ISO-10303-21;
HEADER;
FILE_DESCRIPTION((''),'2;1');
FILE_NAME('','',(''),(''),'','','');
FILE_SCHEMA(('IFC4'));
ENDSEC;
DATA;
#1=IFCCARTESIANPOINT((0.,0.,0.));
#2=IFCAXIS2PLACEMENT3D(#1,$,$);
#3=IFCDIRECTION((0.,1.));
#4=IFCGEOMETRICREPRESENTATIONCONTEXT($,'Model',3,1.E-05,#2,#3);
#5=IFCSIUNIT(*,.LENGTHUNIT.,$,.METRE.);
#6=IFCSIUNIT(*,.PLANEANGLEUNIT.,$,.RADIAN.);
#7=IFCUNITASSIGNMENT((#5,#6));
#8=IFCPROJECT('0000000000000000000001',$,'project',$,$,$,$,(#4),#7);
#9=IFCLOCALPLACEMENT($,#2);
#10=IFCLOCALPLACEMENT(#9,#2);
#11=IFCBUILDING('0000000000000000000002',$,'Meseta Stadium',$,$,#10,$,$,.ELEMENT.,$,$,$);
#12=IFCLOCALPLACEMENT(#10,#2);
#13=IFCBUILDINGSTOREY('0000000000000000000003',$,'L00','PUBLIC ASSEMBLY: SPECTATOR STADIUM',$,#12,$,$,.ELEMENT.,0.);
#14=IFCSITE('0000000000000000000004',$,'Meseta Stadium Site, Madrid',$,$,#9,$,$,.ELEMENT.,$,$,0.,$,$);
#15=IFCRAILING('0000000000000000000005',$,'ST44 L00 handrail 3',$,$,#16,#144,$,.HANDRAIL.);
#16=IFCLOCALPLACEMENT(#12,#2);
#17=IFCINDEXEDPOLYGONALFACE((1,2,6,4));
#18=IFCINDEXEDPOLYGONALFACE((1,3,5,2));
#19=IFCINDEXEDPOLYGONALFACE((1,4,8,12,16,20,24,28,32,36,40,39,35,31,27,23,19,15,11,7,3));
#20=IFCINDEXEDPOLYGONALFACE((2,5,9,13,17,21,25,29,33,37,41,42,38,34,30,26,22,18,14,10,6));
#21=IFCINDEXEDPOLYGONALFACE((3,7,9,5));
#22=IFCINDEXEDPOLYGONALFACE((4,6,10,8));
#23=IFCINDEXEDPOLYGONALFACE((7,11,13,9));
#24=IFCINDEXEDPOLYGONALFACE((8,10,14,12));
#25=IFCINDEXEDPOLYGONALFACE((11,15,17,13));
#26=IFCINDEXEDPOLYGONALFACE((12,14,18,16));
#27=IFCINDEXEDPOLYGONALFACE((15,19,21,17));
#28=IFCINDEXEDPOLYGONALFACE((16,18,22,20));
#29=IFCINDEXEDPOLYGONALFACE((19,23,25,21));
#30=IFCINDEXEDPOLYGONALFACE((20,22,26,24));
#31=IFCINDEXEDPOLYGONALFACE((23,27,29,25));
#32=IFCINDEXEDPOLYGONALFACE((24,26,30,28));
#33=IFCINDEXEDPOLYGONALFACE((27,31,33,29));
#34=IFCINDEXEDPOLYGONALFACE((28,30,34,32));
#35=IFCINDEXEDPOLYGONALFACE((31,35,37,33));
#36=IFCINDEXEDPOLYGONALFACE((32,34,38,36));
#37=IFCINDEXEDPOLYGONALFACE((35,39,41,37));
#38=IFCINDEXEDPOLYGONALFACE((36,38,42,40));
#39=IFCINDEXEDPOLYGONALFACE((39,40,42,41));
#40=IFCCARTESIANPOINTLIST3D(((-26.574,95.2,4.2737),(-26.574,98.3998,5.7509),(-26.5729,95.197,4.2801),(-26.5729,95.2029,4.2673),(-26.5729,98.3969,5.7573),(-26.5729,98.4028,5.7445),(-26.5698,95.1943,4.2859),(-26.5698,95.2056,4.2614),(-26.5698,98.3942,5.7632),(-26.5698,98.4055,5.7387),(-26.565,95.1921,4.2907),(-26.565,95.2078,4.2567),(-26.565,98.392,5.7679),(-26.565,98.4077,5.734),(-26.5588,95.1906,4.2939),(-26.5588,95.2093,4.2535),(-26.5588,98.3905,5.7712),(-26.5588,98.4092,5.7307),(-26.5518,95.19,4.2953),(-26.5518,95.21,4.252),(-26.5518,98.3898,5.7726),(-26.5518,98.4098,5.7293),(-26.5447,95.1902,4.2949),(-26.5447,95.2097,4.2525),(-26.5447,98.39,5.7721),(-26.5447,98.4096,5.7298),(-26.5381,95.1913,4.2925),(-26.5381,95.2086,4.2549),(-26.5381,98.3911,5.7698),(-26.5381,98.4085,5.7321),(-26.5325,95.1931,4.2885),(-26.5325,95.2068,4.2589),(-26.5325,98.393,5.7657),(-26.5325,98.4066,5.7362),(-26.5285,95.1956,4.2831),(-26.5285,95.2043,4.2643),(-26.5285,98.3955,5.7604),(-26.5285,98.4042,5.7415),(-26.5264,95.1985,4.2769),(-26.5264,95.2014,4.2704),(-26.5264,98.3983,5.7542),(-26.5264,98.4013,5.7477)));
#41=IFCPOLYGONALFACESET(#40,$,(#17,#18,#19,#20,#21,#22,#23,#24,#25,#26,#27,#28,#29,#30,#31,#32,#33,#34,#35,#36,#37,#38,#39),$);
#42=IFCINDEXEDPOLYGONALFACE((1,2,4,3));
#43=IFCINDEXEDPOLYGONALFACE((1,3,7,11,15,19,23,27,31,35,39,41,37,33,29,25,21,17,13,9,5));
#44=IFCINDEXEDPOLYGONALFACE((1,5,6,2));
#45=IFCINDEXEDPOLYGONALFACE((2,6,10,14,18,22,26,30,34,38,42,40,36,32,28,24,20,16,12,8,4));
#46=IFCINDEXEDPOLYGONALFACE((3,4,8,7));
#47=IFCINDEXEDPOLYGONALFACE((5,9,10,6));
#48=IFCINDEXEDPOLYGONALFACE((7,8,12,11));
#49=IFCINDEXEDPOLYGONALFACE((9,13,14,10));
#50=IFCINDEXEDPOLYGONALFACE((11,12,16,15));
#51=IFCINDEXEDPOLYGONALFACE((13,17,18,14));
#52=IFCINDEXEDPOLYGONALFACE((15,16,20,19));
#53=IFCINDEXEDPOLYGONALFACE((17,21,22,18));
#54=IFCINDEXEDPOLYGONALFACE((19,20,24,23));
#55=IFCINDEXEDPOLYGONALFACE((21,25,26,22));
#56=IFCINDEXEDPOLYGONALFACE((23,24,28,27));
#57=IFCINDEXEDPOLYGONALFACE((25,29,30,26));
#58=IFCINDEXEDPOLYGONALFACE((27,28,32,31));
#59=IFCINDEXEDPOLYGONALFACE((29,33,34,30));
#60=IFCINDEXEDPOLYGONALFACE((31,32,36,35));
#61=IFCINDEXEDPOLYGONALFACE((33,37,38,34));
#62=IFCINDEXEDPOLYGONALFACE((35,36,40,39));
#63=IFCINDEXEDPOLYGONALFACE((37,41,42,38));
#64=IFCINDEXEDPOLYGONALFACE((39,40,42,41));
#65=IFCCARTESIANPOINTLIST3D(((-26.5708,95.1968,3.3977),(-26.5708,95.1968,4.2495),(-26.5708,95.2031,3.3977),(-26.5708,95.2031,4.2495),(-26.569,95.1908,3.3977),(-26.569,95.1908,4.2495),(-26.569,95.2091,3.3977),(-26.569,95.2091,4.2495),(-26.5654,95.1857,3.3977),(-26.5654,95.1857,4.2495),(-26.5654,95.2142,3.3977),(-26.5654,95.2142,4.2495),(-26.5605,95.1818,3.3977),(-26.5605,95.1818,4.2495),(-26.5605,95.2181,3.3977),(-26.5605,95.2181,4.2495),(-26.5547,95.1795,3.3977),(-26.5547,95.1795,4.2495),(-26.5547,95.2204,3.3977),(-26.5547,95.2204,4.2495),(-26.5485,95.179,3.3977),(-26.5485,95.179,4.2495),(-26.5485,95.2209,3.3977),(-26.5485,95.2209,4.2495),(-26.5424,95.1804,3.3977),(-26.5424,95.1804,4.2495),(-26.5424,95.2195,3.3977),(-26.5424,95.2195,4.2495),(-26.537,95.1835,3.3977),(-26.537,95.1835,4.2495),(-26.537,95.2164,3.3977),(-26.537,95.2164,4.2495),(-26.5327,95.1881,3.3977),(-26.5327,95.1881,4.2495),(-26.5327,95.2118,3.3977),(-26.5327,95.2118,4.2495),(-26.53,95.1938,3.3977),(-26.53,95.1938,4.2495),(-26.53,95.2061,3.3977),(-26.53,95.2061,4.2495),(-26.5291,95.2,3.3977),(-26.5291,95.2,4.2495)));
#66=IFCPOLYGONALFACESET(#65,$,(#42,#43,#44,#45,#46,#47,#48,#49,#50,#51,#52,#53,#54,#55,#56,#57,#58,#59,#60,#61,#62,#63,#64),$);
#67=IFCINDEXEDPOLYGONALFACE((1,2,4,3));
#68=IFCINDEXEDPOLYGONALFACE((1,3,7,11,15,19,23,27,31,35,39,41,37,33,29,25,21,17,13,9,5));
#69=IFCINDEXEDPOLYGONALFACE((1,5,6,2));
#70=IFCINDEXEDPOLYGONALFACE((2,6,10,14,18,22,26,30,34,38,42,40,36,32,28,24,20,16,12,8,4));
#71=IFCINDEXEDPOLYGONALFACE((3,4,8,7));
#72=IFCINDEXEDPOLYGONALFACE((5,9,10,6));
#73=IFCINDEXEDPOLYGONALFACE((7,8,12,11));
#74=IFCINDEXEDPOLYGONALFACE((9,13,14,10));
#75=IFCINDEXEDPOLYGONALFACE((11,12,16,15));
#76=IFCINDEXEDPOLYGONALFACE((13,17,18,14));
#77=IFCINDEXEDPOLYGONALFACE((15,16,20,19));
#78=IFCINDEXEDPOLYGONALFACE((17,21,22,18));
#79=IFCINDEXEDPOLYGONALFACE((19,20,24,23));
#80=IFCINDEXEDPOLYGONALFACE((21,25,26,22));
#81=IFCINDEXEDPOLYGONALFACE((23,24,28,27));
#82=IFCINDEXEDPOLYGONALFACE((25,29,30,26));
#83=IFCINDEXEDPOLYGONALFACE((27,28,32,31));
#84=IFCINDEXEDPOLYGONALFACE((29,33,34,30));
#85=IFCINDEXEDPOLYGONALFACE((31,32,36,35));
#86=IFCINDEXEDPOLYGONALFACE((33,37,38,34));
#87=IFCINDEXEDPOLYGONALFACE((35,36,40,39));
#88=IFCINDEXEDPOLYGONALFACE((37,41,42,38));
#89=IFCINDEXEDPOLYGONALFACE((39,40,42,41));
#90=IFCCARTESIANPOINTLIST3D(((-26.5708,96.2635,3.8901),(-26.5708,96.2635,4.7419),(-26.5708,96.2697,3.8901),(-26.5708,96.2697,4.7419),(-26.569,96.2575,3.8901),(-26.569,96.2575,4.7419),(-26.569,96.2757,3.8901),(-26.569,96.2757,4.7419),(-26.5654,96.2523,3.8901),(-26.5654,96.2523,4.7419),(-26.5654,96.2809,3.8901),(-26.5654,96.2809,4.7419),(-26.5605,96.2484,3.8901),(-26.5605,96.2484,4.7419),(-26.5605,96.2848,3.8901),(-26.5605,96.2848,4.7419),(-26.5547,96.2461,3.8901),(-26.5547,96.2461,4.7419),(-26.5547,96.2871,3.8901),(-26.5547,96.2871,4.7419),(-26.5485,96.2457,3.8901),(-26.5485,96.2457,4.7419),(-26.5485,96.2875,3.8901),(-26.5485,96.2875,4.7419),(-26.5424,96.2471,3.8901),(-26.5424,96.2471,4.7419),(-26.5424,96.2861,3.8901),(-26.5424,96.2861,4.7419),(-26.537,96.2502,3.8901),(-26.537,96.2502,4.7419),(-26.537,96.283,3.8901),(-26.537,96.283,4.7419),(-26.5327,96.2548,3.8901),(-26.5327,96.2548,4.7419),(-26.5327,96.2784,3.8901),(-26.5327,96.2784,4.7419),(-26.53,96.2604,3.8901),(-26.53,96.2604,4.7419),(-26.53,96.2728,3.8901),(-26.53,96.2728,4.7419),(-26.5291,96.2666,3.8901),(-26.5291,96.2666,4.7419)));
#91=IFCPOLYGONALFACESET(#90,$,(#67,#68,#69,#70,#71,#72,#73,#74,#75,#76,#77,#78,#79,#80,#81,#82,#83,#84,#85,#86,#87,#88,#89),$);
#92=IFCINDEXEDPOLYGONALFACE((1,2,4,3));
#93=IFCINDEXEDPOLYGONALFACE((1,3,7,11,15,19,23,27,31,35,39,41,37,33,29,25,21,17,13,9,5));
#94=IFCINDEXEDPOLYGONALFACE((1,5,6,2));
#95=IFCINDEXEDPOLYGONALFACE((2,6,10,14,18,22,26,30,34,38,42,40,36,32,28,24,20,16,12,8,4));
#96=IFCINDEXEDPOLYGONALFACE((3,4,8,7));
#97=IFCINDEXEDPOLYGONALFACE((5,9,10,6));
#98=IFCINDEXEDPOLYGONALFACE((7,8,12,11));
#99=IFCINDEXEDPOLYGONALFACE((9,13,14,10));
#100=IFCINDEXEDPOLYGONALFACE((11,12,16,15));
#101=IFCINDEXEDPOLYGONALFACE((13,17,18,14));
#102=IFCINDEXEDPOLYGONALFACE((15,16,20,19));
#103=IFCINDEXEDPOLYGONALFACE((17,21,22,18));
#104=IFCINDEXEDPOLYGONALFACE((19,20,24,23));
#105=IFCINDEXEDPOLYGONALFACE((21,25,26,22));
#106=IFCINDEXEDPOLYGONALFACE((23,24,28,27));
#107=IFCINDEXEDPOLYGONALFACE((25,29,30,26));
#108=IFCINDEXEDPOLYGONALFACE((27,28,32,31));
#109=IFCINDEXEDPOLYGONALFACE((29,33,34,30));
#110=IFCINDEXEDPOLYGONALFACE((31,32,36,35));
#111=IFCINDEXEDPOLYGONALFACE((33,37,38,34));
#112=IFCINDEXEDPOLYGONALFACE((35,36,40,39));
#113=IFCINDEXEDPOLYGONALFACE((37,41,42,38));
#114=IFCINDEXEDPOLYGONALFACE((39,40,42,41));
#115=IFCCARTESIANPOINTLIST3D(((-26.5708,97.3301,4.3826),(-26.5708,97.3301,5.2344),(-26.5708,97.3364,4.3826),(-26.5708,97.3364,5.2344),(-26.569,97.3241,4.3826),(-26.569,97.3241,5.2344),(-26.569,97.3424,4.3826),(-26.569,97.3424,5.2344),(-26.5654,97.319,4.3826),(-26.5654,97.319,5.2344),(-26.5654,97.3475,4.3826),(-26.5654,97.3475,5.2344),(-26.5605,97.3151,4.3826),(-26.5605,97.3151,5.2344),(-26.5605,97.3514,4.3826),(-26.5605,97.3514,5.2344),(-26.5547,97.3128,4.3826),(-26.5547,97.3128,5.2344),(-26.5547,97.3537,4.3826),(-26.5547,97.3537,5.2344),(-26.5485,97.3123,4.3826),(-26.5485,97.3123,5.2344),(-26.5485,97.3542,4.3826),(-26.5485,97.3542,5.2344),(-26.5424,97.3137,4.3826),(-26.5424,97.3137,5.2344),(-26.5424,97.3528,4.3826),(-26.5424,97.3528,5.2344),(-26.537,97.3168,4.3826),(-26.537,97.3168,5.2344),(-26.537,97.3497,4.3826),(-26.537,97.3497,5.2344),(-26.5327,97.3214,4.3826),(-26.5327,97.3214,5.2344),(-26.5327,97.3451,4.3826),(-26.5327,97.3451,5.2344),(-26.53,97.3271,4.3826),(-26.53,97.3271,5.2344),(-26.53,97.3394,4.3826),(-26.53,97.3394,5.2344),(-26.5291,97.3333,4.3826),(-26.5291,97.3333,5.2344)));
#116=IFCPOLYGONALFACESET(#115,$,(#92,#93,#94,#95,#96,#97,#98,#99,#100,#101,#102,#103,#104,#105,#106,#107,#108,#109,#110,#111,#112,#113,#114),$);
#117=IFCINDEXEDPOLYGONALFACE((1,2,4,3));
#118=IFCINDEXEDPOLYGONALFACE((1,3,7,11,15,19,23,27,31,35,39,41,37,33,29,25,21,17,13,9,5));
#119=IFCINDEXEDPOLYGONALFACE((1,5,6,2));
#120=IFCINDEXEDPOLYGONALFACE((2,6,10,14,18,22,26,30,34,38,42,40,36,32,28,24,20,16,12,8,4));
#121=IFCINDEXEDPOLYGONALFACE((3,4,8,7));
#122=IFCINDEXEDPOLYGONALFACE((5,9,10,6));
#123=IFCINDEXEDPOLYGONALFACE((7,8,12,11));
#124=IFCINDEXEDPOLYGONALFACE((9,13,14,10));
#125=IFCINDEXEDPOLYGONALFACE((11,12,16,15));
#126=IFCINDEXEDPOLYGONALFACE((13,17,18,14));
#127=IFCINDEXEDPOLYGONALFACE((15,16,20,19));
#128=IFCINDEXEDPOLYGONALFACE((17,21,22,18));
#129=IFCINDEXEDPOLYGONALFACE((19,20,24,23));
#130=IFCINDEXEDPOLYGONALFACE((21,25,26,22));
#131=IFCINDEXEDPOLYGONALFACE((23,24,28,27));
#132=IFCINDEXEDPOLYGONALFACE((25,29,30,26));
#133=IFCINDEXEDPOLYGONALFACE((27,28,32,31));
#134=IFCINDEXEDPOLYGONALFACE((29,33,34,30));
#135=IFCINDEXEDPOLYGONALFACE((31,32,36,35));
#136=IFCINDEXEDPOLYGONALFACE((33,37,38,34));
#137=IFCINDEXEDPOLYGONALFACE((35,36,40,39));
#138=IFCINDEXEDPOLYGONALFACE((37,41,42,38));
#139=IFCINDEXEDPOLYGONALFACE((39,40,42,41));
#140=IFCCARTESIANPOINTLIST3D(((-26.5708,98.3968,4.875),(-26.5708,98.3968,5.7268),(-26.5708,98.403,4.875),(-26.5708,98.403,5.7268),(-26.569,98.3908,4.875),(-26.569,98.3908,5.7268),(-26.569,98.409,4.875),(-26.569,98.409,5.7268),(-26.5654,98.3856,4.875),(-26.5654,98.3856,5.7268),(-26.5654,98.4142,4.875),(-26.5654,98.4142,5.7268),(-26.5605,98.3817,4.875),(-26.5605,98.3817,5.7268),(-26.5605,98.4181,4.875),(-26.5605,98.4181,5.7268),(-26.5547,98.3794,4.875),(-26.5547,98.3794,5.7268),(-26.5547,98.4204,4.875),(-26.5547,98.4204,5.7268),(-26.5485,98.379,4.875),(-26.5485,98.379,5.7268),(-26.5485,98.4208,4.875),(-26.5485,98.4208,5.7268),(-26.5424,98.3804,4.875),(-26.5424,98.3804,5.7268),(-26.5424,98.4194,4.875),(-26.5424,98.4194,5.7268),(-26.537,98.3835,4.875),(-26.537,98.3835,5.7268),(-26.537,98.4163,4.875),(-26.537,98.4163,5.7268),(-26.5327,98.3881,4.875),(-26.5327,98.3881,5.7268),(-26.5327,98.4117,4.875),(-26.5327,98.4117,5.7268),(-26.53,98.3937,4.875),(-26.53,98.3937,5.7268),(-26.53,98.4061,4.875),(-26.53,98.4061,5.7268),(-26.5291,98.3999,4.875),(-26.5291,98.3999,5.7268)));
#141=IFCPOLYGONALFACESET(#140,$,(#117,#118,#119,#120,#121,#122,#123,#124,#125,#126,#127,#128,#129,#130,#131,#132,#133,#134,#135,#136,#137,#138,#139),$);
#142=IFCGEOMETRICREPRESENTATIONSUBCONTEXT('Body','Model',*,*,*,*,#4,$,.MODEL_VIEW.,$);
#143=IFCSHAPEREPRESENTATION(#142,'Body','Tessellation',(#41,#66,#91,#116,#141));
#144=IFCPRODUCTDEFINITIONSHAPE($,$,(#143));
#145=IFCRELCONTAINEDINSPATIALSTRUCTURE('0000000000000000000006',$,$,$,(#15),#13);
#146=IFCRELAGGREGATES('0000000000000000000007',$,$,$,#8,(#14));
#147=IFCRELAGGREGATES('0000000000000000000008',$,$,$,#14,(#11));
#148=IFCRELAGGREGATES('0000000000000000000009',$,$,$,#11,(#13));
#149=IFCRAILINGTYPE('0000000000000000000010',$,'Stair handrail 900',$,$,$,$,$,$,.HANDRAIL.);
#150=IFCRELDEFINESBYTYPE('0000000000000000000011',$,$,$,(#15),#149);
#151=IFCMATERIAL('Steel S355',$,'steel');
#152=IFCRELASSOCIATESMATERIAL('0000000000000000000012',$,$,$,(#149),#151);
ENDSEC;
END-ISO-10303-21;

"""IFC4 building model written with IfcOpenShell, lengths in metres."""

from ifc_helpers import new_model, si_unit, direction, frame, origin, origin_2d, place, context, subcontext, project, spatial, circle, extrude, material, type_object, element, save


model = new_model("IFC4")

# Units and contexts
model_context = context("Model", 3, precision=1e-05, world=origin(), true_north=direction((0.0, 1.0)))
body_context = subcontext(model_context, "Body", "Model", "MODEL_VIEW")
ifc_project = project(units=[si_unit("LENGTHUNIT", "METRE"), si_unit("PLANEANGLEUNIT", "RADIAN")], contexts=[model_context])

# Site, building, storey
site_placement = place(None, origin())
site = spatial("IfcSite", under=ifc_project, at=site_placement, Name="Meseta Stadium Site, Madrid", CompositionType="ELEMENT", RefElevation=0.0)
building_placement = place(site_placement, origin())
building = spatial("IfcBuilding", under=site, at=building_placement, Name="Meseta Stadium", CompositionType="ELEMENT")
storey_placement = place(building_placement, origin())
storey = spatial("IfcBuildingStorey", under=building, at=storey_placement, Name="L00", Description="PUBLIC ASSEMBLY: SPECTATOR STADIUM", CompositionType="ELEMENT", Elevation=0.0)

# Railing
ifc_material_1 = material(Name="Steel S355", Category="steel")
railing_type_1 = type_object("IfcRailingType", Name="Stair handrail 900", PredefinedType="HANDRAIL", material=ifc_material_1)
railing_1_placement = place(storey_placement, frame((-26.55, 95.2, 3.3977)))
element("IfcRailing", 1, at=railing_1_placement, inside=storey, type_object=railing_type_1, Name="ST44 L00 handrail 3", PredefinedType="HANDRAIL", context=body_context, shape_type="SweptSolid", body=[
    extrude(circle(Radius=0.0239, at=origin_2d()), frame((0.0, 0.0, 0.876), z_axis=(0.0, 0.907917, 0.41915), x_axis=(-1.0, 0.0, 0.0)), (0.0, 0.0, 1.0), 3.5244),
    extrude(circle(Radius=0.021, at=origin_2d()), origin(), (0.0, 0.0, 1.0), 0.8518),
    extrude(circle(Radius=0.021, at=origin_2d()), frame((0.0, 1.0667, 0.4924)), (0.0, 0.0, 1.0), 0.8518),
    extrude(circle(Radius=0.021, at=origin_2d()), frame((0.0, 2.1333, 0.9849)), (0.0, 0.0, 1.0), 0.8518),
    extrude(circle(Radius=0.021, at=origin_2d()), frame((0.0, 3.2, 1.4773)), (0.0, 0.0, 1.0), 0.8518),
])

save(model, "model.ifc")
